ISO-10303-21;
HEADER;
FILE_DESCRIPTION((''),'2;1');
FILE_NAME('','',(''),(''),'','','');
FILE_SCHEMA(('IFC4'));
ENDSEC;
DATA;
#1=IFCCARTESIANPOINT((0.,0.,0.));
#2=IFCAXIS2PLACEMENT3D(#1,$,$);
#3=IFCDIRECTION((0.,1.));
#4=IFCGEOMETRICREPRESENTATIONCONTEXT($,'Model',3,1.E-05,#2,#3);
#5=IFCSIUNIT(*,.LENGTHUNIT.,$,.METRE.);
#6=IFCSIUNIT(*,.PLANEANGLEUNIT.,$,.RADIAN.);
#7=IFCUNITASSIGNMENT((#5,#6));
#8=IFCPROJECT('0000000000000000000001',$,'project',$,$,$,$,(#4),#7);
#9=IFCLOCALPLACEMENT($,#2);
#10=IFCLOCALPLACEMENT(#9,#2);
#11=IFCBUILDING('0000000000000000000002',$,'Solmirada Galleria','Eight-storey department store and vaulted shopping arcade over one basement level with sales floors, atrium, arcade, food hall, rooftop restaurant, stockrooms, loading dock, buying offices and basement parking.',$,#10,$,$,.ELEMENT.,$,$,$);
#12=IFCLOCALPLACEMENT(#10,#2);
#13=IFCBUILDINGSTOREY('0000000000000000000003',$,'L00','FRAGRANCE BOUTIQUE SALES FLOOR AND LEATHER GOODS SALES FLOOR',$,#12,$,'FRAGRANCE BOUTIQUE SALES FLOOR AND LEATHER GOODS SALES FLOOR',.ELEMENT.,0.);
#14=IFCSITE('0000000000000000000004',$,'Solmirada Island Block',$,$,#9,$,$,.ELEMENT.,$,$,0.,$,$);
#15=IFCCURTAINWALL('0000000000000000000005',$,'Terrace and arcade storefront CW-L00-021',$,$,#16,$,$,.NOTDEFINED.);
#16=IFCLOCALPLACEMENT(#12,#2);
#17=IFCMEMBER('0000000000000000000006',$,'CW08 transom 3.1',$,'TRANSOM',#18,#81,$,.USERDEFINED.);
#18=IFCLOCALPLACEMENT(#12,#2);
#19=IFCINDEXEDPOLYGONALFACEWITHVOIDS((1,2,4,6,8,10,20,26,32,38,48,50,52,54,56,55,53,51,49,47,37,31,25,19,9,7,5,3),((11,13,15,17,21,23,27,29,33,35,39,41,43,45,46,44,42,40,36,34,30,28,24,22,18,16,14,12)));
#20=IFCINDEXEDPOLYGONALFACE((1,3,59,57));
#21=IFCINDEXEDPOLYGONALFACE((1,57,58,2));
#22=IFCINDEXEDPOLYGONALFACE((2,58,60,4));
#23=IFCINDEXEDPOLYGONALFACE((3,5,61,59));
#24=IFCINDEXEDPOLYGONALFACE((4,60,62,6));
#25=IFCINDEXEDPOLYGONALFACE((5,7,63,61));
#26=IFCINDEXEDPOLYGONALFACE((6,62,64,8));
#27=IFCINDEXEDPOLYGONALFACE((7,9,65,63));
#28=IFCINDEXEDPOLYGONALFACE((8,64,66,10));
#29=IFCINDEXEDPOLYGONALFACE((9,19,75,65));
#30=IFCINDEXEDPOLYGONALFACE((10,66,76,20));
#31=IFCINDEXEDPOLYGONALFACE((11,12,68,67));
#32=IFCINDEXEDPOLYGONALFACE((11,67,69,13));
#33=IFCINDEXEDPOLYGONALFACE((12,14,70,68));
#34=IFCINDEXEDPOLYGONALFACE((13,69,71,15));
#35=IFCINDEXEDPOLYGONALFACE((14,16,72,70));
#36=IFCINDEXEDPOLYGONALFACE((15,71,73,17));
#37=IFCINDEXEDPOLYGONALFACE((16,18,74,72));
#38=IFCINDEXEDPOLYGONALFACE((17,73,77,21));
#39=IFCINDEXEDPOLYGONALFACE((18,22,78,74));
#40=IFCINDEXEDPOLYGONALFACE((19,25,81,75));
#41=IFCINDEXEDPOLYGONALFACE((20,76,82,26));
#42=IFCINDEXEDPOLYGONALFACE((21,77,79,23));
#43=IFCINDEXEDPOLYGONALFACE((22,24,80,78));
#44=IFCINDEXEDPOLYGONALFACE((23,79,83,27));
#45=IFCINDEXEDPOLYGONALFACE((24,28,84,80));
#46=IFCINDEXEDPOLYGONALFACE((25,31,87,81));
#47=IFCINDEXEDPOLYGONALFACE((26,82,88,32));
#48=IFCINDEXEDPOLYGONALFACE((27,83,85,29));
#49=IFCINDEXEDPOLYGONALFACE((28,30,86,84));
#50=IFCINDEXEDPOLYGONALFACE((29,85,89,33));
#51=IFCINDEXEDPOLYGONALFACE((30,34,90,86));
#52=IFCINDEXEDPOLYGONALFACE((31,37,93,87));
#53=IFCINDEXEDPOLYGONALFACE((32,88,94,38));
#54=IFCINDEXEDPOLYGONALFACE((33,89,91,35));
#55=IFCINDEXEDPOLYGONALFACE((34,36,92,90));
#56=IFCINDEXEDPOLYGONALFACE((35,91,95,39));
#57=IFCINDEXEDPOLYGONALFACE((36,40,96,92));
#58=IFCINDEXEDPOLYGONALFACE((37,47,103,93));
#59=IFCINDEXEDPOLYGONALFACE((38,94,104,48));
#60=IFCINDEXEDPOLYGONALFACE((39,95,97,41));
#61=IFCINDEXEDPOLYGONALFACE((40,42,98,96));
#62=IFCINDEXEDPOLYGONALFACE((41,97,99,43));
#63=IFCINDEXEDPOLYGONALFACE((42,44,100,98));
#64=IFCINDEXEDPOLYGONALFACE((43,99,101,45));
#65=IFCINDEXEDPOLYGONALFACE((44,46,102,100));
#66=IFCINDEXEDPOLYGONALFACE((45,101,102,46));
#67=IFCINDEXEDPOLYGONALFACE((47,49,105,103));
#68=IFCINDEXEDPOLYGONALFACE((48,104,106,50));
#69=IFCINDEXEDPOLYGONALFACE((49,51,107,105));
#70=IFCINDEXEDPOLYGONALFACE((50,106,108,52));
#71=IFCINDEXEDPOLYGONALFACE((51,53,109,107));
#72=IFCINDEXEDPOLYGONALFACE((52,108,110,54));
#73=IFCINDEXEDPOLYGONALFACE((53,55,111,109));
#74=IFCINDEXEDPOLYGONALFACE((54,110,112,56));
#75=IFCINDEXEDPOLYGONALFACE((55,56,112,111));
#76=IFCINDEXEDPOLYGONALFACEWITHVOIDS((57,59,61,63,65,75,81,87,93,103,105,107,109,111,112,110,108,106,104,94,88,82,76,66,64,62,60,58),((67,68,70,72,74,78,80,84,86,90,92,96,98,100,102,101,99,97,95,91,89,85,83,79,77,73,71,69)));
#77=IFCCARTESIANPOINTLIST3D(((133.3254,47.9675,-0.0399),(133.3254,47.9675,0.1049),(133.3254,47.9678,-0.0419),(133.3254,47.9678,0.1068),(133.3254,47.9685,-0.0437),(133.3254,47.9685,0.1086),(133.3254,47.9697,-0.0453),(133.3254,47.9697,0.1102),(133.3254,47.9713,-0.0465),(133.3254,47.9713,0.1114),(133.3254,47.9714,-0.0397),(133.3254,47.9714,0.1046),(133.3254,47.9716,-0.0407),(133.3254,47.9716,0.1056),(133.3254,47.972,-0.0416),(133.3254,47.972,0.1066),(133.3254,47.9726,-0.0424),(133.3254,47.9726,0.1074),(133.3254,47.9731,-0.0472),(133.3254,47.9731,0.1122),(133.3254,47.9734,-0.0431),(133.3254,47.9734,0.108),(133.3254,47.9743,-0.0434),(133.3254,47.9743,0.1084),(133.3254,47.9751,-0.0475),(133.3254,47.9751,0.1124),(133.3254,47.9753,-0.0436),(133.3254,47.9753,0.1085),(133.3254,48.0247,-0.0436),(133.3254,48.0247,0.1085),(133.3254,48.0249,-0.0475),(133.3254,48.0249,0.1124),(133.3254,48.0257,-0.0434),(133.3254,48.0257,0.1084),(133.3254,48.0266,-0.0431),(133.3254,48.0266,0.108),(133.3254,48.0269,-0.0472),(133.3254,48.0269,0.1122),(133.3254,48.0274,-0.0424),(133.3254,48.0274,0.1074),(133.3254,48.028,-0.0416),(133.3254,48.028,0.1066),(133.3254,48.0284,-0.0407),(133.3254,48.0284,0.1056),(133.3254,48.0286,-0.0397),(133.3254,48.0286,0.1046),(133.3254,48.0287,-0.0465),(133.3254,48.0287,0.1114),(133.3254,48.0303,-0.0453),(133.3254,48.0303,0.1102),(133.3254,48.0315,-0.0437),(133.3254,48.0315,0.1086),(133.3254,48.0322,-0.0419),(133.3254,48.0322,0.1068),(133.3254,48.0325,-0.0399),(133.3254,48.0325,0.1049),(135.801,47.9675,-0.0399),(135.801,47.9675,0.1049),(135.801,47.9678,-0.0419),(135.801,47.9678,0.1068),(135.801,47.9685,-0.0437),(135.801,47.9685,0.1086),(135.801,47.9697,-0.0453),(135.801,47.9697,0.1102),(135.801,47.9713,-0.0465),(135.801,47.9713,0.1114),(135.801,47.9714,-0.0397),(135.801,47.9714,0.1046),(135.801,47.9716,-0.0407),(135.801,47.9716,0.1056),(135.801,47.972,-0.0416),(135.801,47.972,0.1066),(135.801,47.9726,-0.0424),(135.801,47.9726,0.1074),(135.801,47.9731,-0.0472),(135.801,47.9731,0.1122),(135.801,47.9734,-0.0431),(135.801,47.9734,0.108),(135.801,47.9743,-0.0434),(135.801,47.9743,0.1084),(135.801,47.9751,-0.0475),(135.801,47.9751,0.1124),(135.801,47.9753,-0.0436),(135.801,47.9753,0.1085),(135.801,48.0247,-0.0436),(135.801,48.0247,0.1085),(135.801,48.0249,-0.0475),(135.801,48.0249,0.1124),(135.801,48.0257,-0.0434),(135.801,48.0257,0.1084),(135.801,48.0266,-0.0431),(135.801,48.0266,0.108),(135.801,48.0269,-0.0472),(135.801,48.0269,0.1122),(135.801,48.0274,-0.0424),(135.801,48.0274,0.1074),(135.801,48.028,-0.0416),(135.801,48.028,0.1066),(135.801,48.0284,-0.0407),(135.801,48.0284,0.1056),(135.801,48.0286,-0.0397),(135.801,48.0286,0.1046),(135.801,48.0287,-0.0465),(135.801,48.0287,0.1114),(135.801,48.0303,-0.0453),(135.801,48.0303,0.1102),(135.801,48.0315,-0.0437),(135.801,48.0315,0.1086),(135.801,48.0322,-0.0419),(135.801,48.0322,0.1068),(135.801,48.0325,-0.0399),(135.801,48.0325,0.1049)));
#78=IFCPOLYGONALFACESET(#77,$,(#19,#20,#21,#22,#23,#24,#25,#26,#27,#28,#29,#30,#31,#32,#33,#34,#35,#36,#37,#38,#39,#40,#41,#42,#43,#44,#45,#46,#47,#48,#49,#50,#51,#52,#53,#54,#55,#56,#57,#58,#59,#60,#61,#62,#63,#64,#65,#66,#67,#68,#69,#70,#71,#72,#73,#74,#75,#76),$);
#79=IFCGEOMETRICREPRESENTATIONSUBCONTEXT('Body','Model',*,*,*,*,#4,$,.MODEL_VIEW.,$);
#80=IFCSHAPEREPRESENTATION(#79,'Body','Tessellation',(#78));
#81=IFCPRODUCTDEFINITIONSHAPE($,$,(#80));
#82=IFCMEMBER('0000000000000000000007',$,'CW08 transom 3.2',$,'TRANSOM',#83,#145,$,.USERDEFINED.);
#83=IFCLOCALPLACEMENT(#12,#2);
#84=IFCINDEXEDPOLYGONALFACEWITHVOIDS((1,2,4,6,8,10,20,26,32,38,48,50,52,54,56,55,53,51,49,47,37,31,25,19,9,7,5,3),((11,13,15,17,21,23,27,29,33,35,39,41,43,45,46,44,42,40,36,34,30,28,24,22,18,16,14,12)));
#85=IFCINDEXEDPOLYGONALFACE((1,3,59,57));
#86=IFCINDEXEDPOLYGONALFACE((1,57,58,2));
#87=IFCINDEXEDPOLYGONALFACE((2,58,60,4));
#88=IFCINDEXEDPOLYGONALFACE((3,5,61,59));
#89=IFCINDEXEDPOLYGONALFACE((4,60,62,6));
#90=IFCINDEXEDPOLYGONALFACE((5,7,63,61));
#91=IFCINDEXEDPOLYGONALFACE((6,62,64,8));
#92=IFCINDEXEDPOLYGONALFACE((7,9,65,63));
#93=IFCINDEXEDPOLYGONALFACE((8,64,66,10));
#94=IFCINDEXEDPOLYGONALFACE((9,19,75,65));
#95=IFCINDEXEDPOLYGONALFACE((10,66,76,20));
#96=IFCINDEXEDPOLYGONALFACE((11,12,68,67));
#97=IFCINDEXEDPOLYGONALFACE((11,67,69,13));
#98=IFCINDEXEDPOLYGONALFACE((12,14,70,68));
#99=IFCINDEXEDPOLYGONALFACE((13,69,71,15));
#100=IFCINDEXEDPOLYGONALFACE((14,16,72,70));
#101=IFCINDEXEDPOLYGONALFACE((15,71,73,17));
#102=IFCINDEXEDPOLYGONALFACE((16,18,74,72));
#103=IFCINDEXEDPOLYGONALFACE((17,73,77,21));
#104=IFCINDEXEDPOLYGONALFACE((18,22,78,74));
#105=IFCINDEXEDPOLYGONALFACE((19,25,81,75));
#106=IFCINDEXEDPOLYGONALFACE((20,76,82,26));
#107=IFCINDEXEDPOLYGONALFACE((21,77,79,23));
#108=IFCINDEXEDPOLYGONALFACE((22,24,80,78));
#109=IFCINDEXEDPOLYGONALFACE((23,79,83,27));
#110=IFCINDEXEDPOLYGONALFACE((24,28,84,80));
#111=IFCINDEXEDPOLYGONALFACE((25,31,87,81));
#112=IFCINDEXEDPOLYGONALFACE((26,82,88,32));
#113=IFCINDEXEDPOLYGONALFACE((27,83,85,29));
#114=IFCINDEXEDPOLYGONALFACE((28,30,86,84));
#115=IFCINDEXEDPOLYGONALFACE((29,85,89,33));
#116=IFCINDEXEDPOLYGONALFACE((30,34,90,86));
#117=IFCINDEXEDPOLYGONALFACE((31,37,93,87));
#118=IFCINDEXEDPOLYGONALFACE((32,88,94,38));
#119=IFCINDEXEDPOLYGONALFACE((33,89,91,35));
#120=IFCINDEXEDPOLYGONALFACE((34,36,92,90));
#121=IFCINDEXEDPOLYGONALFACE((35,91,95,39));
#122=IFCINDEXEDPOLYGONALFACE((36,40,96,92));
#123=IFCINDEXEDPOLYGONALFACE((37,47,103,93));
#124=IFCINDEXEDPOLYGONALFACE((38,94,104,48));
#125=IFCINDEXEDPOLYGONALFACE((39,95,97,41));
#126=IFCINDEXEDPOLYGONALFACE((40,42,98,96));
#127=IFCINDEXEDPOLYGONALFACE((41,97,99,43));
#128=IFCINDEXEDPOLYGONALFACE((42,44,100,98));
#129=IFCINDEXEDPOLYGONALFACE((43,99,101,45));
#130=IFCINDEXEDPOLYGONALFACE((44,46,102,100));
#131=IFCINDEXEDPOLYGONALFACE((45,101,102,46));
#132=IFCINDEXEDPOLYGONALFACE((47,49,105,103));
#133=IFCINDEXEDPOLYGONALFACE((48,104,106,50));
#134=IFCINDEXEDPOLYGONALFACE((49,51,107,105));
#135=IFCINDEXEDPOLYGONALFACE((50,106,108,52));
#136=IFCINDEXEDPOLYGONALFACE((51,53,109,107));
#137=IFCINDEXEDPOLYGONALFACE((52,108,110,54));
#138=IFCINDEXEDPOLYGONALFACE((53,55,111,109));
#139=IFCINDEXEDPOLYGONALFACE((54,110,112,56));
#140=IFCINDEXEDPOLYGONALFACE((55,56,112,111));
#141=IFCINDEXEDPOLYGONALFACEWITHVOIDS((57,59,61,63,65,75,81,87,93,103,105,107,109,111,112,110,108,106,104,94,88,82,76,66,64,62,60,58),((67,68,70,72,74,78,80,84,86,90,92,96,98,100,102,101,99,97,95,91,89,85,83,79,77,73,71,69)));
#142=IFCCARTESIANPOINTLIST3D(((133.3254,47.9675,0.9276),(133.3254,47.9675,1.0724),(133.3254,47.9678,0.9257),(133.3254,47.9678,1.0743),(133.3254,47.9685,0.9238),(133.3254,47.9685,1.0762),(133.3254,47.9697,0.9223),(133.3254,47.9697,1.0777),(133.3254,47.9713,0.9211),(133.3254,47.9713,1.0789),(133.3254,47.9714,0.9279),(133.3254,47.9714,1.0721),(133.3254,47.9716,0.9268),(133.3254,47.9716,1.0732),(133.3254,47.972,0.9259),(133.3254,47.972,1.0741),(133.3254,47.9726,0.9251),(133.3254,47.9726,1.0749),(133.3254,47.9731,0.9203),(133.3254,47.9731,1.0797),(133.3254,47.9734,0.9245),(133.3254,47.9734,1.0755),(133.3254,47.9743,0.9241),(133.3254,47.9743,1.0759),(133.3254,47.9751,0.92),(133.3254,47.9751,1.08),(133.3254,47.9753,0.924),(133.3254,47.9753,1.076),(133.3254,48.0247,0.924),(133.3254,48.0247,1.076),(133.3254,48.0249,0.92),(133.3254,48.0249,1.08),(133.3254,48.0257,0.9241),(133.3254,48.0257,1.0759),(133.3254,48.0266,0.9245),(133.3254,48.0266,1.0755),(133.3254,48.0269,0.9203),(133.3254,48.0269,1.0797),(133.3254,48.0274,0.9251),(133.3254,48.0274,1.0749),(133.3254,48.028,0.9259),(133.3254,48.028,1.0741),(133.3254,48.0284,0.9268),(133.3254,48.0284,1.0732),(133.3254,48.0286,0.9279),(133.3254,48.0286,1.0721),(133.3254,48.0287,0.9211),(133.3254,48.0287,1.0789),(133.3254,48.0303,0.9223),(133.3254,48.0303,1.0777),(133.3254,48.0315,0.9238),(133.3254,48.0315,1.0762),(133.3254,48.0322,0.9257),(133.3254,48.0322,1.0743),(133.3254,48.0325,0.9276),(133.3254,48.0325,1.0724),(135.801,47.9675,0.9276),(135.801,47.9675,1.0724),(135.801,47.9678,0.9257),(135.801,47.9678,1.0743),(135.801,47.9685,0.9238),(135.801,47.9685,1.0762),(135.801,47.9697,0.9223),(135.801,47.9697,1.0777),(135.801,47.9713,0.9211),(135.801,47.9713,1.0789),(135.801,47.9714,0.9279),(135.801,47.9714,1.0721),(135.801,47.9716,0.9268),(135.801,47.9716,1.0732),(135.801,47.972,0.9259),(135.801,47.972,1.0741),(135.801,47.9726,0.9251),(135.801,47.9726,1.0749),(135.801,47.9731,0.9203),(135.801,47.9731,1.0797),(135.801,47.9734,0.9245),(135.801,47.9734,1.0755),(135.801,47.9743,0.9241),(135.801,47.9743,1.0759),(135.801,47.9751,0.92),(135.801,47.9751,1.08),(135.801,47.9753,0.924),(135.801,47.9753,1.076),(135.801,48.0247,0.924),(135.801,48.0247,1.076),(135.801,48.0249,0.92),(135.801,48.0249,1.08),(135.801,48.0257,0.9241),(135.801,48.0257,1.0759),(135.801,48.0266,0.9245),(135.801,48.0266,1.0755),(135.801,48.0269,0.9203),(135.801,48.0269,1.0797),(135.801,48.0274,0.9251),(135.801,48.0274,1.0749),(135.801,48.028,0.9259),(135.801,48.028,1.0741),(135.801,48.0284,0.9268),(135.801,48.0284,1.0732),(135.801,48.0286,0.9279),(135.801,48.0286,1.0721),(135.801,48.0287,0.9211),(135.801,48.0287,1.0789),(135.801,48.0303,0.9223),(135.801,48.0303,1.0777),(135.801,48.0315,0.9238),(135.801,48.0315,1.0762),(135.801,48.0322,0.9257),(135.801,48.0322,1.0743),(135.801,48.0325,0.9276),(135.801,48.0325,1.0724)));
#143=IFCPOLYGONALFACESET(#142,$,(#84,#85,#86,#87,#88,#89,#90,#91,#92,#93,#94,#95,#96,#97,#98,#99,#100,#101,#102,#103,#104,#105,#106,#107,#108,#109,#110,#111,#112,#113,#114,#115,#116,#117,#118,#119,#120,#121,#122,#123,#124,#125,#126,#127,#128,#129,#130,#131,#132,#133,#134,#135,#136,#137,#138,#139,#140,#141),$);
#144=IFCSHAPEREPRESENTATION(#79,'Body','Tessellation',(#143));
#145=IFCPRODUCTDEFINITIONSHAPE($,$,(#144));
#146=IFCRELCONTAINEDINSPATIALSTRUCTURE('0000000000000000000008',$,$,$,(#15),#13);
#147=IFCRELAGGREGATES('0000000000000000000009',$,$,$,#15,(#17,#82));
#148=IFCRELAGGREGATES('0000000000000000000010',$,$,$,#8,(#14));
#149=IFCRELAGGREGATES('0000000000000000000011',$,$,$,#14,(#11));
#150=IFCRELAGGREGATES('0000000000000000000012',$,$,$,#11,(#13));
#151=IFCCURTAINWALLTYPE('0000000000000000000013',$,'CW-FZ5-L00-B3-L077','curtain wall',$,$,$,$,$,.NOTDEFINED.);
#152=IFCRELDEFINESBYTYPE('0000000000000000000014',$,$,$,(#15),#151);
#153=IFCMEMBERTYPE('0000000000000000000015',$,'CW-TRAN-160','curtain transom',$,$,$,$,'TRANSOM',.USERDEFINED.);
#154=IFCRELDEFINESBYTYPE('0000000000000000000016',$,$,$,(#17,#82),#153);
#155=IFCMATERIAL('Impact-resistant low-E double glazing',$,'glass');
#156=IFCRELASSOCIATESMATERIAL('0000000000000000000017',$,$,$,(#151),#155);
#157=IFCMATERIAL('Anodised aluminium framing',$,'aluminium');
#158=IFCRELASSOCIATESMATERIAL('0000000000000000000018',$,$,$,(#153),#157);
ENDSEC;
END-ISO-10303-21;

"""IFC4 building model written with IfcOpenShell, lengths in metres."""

from ifc_helpers import new_model, si_unit, direction, frame, origin, origin_2d, place, context, subcontext, project, spatial, hollow_rectangle, extrude, material, material_profile, profile_set, type_object, element, aggregate, save


model = new_model("IFC4")

# Units and contexts
model_context = context("Model", 3, precision=1e-05, world=origin(), true_north=direction((0.0, 1.0)))
body_context = subcontext(model_context, "Body", "Model", "MODEL_VIEW")
ifc_project = project(units=[si_unit("LENGTHUNIT", "METRE"), si_unit("PLANEANGLEUNIT", "RADIAN")], contexts=[model_context])

# Site, building, storey
site_placement = place(None, origin())
site = spatial("IfcSite", under=ifc_project, at=site_placement, Name="Solmirada Island Block", CompositionType="ELEMENT", RefElevation=0.0)
building_placement = place(site_placement, origin())
building = spatial("IfcBuilding", under=site, at=building_placement, Name="Solmirada Galleria", Description="Eight-storey department store and vaulted shopping arcade over one basement level with sales floors, atrium, arcade, food hall, rooftop restaurant, stockrooms, loading dock, buying offices and basement parking.", CompositionType="ELEMENT")
storey_placement = place(building_placement, origin())
storey = spatial("IfcBuildingStorey", under=building, at=storey_placement, Name="L00", Description="FRAGRANCE BOUTIQUE SALES FLOOR AND LEATHER GOODS SALES FLOOR", LongName="FRAGRANCE BOUTIQUE SALES FLOOR AND LEATHER GOODS SALES FLOOR", CompositionType="ELEMENT", Elevation=0.0)

# Curtain wall
ifc_material_1 = material(Name="Impact-resistant low-E double glazing", Category="glass")
curtain_wall_type = type_object("IfcCurtainWallType", Name="CW-FZ5-L00-B3-L077", Description="curtain wall", PredefinedType="NOTDEFINED", material=ifc_material_1)
curtain_wall_1_placement = place(storey_placement, origin())
curtain_wall_1 = element("IfcCurtainWall", 1, at=curtain_wall_1_placement, inside=storey, type_object=curtain_wall_type, Name="Terrace and arcade storefront CW-L00-021", PredefinedType="NOTDEFINED")
ifc_material_2 = material(Name="Anodised aluminium framing", Category="aluminium")

# Members
ifc_material_profile_1 = material_profile(ifc_material_2, hollow_rectangle(XDim=0.0649, YDim=0.1599, WallThickness=0.0039, InnerFilletRadius=0.0039, OuterFilletRadius=0.0076, at=origin_2d()), Name="ALU-TRAN-160X65")
ifc_profile_set_1 = profile_set([ifc_material_profile_1], Name="Anodised aluminium framing")
member_type_1 = type_object("IfcMemberType", Name="CW-TRAN-160", Description="curtain transom", ElementType="TRANSOM", PredefinedType="USERDEFINED", material=ifc_profile_set_1)
member_1_placement = place(storey_placement, frame((133.3254, 48.0, 0.0325), z_axis=(1.0, 0.0, 0.0), x_axis=(0.0, 1.0, 0.0)))
member_1 = element("IfcMember", 2, at=member_1_placement, type_object=member_type_1, Name="CW08 transom 3.1", ObjectType="TRANSOM", PredefinedType="USERDEFINED", context=body_context, shape_type="SweptSolid", body=[
    extrude(hollow_rectangle(XDim=0.0649, YDim=0.1599, WallThickness=0.0039, InnerFilletRadius=0.0039, OuterFilletRadius=0.0076, at=origin_2d()), origin(), (0.0, 0.0, 1.0), 2.4756),
])
member_2_placement = place(storey_placement, frame((133.3254, 48.0, 1.0), z_axis=(1.0, 0.0, 0.0), x_axis=(0.0, 1.0, 0.0)))
member_2 = element("IfcMember", 3, at=member_2_placement, type_object=member_type_1, Name="CW08 transom 3.2", ObjectType="TRANSOM", PredefinedType="USERDEFINED", context=body_context, shape_type="SweptSolid", body=[
    extrude(hollow_rectangle(XDim=0.0649, YDim=0.1599, WallThickness=0.0039, InnerFilletRadius=0.0039, OuterFilletRadius=0.0076, at=origin_2d()), origin(), (0.0, 0.0, 1.0), 2.4756),
])

aggregate(curtain_wall_1, [member_1, member_2])

save(model, "model.ifc")
